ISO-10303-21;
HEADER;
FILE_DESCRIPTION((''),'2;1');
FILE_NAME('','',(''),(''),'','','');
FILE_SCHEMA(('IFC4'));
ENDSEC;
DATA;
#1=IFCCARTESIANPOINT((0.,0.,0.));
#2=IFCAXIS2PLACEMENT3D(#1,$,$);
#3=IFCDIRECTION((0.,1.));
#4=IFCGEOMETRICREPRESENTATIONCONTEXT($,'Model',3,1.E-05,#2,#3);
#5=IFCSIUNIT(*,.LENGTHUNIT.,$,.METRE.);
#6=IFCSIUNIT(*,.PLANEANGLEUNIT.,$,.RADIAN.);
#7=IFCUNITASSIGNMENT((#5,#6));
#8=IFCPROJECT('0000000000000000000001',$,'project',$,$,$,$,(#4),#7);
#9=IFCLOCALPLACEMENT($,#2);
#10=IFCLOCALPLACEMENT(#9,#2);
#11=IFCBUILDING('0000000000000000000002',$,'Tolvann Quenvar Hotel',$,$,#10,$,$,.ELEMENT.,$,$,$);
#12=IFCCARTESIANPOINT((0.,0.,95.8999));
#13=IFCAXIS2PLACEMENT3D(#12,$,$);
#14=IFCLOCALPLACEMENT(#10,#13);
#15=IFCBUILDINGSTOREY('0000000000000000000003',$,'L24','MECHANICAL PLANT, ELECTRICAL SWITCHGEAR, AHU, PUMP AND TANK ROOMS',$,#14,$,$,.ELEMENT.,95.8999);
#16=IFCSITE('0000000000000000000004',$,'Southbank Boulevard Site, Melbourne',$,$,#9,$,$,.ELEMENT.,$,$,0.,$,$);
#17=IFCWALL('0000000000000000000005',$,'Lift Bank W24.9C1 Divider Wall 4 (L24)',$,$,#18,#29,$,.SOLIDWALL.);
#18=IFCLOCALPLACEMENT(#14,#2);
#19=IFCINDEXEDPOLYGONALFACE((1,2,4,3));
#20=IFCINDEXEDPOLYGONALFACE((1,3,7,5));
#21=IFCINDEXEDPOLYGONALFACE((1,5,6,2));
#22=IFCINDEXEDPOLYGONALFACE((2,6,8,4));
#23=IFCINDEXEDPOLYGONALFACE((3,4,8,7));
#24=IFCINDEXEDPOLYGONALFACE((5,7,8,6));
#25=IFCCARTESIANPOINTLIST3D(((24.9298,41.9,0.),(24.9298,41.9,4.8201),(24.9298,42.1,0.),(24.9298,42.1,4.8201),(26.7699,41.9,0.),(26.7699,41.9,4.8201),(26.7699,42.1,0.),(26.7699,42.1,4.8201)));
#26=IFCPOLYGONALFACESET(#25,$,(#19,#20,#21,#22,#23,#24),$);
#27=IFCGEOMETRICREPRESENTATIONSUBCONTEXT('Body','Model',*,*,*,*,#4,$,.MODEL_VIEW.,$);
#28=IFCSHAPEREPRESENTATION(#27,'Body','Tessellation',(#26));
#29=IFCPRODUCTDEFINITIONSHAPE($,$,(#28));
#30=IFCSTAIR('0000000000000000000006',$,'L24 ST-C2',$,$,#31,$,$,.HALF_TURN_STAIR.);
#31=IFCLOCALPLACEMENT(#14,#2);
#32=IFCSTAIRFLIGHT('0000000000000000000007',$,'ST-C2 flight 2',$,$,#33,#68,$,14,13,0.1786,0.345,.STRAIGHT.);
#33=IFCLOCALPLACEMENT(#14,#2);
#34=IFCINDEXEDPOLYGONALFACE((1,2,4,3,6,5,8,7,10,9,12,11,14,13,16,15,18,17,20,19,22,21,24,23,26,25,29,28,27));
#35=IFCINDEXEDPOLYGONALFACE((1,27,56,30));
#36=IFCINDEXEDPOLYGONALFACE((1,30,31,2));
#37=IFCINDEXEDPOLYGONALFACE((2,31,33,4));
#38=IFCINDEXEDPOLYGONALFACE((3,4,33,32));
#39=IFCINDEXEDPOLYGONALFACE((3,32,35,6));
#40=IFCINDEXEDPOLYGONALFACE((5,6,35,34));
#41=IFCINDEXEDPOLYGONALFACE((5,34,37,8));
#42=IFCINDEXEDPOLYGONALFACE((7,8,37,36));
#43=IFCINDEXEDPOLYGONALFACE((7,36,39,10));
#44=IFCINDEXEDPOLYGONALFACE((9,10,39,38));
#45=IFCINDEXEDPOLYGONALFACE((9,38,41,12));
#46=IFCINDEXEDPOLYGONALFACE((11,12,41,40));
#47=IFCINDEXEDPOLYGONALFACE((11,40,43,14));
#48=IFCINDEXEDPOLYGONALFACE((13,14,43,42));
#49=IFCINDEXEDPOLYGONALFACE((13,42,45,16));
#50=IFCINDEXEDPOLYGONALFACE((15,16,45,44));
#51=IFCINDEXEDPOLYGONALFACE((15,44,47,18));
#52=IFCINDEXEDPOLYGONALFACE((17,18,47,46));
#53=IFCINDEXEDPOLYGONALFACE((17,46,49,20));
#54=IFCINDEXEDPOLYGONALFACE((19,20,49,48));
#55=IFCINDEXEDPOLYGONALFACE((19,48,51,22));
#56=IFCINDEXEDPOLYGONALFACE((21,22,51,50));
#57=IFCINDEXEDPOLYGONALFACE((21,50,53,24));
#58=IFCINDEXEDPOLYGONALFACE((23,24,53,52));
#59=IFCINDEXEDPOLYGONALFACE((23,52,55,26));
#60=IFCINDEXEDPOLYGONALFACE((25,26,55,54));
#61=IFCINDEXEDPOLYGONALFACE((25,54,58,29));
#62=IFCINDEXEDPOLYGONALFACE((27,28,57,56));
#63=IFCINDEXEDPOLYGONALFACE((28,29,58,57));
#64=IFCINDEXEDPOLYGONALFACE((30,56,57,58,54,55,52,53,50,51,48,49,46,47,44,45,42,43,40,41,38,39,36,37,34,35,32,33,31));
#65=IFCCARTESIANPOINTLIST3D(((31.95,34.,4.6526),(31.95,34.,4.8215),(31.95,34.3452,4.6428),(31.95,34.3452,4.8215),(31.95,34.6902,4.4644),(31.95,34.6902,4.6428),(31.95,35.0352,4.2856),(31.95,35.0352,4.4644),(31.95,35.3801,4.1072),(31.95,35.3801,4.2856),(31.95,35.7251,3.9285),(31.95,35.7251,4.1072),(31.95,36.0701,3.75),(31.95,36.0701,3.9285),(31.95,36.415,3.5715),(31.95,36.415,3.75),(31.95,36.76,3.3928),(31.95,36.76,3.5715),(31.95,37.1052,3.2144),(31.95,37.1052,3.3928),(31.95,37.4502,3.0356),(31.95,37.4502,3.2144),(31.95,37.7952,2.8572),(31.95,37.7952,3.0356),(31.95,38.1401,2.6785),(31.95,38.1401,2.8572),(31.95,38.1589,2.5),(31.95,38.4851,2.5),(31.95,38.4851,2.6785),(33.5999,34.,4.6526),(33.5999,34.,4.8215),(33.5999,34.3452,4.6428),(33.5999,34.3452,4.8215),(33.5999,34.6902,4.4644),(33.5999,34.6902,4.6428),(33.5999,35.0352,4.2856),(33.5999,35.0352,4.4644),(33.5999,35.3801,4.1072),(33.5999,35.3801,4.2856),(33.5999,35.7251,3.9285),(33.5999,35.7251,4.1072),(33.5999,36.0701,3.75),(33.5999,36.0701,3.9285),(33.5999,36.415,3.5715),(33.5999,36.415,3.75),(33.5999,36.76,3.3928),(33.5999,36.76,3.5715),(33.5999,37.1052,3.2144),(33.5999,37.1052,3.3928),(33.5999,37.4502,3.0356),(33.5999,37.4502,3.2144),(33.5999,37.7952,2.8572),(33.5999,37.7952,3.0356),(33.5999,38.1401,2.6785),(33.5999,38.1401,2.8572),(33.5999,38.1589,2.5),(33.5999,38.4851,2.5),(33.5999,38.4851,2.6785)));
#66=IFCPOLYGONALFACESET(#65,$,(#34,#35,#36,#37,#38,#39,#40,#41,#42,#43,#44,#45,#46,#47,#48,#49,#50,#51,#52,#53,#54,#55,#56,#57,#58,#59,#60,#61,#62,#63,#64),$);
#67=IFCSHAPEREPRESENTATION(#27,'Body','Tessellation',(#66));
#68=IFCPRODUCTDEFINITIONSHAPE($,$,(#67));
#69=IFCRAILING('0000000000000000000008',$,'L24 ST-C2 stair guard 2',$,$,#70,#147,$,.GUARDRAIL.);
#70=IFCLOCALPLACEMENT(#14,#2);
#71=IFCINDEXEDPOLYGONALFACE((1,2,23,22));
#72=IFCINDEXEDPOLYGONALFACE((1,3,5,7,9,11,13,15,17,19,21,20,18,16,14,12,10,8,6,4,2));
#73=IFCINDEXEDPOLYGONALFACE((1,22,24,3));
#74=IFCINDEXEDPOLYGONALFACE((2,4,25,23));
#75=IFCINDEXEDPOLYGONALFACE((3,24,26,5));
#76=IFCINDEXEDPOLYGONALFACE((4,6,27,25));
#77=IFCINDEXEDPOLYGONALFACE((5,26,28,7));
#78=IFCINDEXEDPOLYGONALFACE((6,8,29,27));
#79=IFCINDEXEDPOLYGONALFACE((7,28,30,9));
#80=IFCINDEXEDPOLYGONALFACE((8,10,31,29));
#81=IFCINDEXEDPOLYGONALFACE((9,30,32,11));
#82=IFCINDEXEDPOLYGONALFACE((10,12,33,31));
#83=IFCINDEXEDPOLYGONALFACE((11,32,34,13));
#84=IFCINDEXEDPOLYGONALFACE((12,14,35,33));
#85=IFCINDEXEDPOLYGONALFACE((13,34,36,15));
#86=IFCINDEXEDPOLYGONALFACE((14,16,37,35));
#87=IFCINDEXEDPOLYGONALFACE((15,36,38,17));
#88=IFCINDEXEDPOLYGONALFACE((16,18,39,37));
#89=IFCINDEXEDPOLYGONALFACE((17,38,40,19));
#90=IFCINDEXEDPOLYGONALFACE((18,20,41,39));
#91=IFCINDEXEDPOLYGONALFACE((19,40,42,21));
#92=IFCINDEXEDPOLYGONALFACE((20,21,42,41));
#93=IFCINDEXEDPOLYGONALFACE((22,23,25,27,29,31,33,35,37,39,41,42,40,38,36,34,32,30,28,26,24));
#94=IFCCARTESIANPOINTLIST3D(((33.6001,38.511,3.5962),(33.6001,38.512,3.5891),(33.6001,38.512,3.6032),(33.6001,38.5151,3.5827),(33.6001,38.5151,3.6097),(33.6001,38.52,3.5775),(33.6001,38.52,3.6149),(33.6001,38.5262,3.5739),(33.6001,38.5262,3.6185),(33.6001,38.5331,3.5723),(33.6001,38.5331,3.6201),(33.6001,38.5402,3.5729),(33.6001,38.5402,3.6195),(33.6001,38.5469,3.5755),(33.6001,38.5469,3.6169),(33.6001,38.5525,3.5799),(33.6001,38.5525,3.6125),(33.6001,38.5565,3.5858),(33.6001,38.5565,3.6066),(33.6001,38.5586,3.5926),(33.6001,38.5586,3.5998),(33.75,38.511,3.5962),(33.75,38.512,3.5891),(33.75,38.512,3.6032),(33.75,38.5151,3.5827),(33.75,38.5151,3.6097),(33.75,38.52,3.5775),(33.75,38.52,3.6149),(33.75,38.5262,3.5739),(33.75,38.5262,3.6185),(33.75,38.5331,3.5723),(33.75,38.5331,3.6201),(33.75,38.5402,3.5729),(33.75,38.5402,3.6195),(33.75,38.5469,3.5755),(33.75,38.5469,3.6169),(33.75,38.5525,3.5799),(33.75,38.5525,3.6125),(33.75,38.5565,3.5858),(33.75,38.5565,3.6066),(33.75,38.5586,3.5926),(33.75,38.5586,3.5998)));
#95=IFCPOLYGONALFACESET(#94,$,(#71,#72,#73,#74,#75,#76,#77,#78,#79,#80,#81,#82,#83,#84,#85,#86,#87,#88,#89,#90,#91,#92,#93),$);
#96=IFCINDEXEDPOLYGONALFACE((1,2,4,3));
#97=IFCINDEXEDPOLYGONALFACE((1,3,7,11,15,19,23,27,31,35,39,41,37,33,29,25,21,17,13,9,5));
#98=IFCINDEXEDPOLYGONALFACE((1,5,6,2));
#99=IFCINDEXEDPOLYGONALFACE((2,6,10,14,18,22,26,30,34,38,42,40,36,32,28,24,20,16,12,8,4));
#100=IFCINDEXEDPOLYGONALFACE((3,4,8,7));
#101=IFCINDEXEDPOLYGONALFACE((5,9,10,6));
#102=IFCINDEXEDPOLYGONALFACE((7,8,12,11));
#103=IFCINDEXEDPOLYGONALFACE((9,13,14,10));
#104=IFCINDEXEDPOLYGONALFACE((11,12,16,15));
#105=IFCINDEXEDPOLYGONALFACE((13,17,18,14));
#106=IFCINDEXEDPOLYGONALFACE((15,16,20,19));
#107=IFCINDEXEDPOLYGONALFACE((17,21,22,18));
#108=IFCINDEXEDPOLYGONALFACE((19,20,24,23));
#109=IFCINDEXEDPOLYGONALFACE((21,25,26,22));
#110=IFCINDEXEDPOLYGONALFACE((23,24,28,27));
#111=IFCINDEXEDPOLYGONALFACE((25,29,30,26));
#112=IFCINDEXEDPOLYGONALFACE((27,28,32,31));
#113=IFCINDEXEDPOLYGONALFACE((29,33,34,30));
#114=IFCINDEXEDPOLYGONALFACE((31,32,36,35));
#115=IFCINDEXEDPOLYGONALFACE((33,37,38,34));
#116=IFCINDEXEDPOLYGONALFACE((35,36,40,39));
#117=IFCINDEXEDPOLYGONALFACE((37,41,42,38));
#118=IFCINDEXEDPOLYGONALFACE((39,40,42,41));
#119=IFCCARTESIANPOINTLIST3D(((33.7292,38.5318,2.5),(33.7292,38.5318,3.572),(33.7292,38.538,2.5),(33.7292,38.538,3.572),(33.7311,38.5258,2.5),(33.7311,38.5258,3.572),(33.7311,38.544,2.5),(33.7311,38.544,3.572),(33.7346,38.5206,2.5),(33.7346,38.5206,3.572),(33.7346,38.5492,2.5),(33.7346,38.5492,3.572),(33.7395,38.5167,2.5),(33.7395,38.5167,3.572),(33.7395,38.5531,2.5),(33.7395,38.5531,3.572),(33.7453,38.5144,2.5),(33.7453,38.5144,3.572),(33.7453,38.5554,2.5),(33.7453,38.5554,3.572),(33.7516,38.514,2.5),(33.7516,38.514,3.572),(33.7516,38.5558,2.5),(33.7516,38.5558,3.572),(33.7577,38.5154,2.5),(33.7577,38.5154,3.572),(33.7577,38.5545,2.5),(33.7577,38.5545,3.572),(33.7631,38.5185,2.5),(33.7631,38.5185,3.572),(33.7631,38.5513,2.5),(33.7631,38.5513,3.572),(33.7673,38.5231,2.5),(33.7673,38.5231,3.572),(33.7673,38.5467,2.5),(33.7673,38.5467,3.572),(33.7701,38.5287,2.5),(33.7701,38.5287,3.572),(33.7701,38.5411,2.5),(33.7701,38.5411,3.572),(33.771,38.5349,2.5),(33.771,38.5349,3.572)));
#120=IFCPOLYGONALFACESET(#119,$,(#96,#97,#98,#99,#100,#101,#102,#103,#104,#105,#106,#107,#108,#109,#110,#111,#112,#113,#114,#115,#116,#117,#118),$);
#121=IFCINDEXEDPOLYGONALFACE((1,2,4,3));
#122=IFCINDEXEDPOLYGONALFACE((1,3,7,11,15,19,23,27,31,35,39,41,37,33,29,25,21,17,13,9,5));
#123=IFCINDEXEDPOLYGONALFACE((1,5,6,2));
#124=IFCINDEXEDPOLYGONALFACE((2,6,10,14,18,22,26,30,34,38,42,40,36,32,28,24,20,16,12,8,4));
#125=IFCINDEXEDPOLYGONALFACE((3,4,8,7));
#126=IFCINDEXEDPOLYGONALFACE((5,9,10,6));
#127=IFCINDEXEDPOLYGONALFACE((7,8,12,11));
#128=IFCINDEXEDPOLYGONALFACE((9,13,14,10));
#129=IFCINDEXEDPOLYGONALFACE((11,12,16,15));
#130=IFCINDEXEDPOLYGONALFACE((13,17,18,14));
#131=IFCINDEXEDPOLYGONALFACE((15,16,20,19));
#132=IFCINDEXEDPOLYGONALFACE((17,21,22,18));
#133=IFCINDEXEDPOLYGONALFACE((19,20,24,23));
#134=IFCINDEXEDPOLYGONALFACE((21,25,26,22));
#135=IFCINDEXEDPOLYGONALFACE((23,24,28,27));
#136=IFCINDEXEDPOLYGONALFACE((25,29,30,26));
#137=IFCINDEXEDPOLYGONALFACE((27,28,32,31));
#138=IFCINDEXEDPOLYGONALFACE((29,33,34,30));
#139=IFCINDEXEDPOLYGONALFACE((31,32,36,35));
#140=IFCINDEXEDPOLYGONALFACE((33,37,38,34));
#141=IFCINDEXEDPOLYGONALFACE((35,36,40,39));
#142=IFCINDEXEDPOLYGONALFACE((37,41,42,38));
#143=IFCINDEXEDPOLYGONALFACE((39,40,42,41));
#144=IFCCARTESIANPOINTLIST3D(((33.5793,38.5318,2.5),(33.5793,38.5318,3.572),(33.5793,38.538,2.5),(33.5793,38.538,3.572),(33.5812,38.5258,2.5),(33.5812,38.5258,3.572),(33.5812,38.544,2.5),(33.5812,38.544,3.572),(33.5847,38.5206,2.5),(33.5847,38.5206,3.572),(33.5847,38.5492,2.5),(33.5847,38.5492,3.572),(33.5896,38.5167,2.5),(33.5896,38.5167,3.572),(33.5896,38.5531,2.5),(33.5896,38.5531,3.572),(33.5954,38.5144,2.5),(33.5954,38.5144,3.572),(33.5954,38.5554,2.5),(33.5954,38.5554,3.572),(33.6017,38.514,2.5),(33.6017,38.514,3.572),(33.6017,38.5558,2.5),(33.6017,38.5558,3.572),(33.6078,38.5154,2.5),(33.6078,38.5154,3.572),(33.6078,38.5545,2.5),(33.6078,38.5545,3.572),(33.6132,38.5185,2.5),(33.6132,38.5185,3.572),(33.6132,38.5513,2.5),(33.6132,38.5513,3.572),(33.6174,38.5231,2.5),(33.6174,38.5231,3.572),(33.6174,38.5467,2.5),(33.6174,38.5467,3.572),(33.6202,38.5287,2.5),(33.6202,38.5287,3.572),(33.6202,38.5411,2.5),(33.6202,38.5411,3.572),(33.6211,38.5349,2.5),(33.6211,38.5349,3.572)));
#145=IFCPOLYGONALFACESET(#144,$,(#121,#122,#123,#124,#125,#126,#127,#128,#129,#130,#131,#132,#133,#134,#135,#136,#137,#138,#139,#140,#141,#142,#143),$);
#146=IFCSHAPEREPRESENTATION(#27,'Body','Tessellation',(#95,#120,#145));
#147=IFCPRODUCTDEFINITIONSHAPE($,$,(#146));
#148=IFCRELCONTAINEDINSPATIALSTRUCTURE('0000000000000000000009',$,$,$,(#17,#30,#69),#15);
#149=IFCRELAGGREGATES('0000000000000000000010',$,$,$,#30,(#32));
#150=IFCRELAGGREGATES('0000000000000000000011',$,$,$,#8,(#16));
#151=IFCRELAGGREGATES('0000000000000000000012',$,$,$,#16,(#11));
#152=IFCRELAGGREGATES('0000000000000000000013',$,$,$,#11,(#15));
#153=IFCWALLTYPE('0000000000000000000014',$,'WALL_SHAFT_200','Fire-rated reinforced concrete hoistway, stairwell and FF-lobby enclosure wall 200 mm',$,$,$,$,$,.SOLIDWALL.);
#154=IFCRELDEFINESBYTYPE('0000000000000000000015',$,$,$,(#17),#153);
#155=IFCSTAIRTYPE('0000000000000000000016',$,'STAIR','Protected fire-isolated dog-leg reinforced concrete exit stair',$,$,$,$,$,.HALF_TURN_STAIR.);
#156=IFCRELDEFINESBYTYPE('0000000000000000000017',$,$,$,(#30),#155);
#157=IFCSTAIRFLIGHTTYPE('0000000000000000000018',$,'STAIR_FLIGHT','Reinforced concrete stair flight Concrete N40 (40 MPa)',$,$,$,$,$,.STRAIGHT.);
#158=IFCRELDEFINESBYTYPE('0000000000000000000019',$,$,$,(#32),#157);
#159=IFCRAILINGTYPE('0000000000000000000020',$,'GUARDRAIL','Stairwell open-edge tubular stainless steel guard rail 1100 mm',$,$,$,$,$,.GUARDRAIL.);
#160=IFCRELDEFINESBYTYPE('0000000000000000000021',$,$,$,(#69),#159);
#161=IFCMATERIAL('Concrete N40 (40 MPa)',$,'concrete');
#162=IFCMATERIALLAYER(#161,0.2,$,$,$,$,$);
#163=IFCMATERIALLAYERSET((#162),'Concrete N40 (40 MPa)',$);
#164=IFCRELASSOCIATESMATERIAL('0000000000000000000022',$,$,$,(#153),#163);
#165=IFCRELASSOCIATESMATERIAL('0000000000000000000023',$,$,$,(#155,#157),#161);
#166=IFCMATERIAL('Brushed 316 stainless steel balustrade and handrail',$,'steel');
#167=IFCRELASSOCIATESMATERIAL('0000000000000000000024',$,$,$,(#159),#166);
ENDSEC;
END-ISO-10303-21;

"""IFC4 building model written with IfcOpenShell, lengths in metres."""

from ifc_helpers import new_model, si_unit, direction, frame, frame_2d, origin, origin_2d, place, context, subcontext, project, spatial, polyline, rectangle, circle, outline, extrude, material, layer, layer_set, type_object, element, aggregate, save


model = new_model("IFC4")

# Units and contexts
model_context = context("Model", 3, precision=1e-05, world=origin(), true_north=direction((0.0, 1.0)))
body_context = subcontext(model_context, "Body", "Model", "MODEL_VIEW")
ifc_project = project(units=[si_unit("LENGTHUNIT", "METRE"), si_unit("PLANEANGLEUNIT", "RADIAN")], contexts=[model_context])

# Site, building, storey
site_placement = place(None, origin())
site = spatial("IfcSite", under=ifc_project, at=site_placement, Name="Southbank Boulevard Site, Melbourne", CompositionType="ELEMENT", RefElevation=0.0)
building_placement = place(site_placement, origin())
building = spatial("IfcBuilding", under=site, at=building_placement, Name="Tolvann Quenvar Hotel", CompositionType="ELEMENT")
storey_placement = place(building_placement, frame((0.0, 0.0, 95.8999)))
storey = spatial("IfcBuildingStorey", under=building, at=storey_placement, Name="L24", Description="MECHANICAL PLANT, ELECTRICAL SWITCHGEAR, AHU, PUMP AND TANK ROOMS", CompositionType="ELEMENT", Elevation=95.8999)

# Shared definitions
ifc_material_1 = material(Name="Concrete N40 (40 MPa)", Category="concrete")
ifc_layer_1 = layer(ifc_material_1, 0.2)
ifc_layer_set_1 = layer_set([ifc_layer_1], Name="Concrete N40 (40 MPa)")
wall_type_1 = type_object("IfcWallType", Name="WALL_SHAFT_200", Description="Fire-rated reinforced concrete hoistway, stairwell and FF-lobby enclosure wall 200 mm", PredefinedType="SOLIDWALL", material=ifc_layer_set_1)

# Wall
for number, where, z_axis, x_axis, name in (
    (1, (24.9299, 42.0, 0.0), (0.0, 0.0, 1.0), (1.0, 0.0, 0.0), "Lift Bank W24.9C1 Divider Wall 4 (L24)"),
):
    element("IfcWall", number, at=place(storey_placement, frame(where, z_axis=z_axis, x_axis=x_axis)), inside=storey, type_object=wall_type_1, Name=name, PredefinedType="SOLIDWALL", context=body_context, shape_type="SweptSolid", body=[
        extrude(rectangle(XDim=1.8401, YDim=0.2, at=frame_2d((0.9199, 0.0))), origin(), (0.0, 0.0, 1.0), 4.8201),
    ])

# Stair, stair flight
stair_type = type_object("IfcStairType", Name="STAIR", Description="Protected fire-isolated dog-leg reinforced concrete exit stair", PredefinedType="HALF_TURN_STAIR", material=ifc_material_1)
stair_placement = place(storey_placement, origin())
stair = element("IfcStair", 2, at=stair_placement, inside=storey, type_object=stair_type, Name="L24 ST-C2", PredefinedType="HALF_TURN_STAIR")
stair_flight_type = type_object("IfcStairFlightType", Name="STAIR_FLIGHT", Description="Reinforced concrete stair flight Concrete N40 (40 MPa)", PredefinedType="STRAIGHT", material=ifc_material_1)
stair_flight_placement = place(storey_placement, frame((32.7749, 38.4851, 2.5), z_axis=(0.0, 0.0, 1.0), x_axis=(0.0, -1.0, 0.0)))
stair_flight = element("IfcStairFlight", 3, at=stair_flight_placement, type_object=stair_flight_type, Name="ST-C2 flight 2", NumberOfRisers=14, NumberOfTreads=13, PredefinedType="STRAIGHT", RiserHeight=0.1786, TreadLength=0.345, context=body_context, shape_type="SweptSolid", body=[
    extrude(outline(polyline([(0.0, 0.0), (0.0, 0.1785), (0.345, 0.1785), (0.345, 0.3572), (0.6899, 0.3572), (0.6899, 0.5356), (1.0349, 0.5356), (1.0349, 0.7144), (1.3799, 0.7144), (1.3799, 0.8928), (1.7251, 0.8928), (1.7251, 1.0715), (2.0701, 1.0715), (2.0701, 1.25), (2.415, 1.25), (2.415, 1.4285), (2.76, 1.4285), (2.76, 1.6072), (3.105, 1.6072), (3.105, 1.7856), (3.45, 1.7856), (3.45, 1.9644), (3.7949, 1.9644), (3.7949, 2.1428), (4.1399, 2.1428), (4.1399, 2.3215), (4.4851, 2.3215), (4.4851, 2.5), (4.4851, 2.1526), (0.3262, 0.0), (0.0, 0.0)])), frame((0.0, 0.825, 0.0), z_axis=(0.0, -1.0, 0.0), x_axis=(1.0, 0.0, 0.0)), (0.0, 0.0, 1.0), 1.6499),
])
aggregate(stair, [stair_flight])

# Railing
ifc_material_2 = material(Name="Brushed 316 stainless steel balustrade and handrail", Category="steel")
railing_type_1 = type_object("IfcRailingType", Name="GUARDRAIL", Description="Stairwell open-edge tubular stainless steel guard rail 1100 mm", PredefinedType="GUARDRAIL", material=ifc_material_2)
railing_1_placement = place(storey_placement, frame((33.75, 38.5349, 2.5)))
element("IfcRailing", 4, at=railing_1_placement, inside=storey, type_object=railing_type_1, Name="L24 ST-C2 stair guard 2", PredefinedType="GUARDRAIL", context=body_context, shape_type="SweptSolid", body=[
    extrude(circle(Radius=0.0239, at=origin_2d()), frame((0.0, 0.0, 1.0962), z_axis=(-1.0, 0.0, 0.0), x_axis=(0.0, -1.0, 0.0)), (0.0, 0.0, 1.0), 0.1499),
    extrude(circle(Radius=0.021, at=origin_2d()), origin(), (0.0, 0.0, 1.0), 1.072),
    extrude(circle(Radius=0.021, at=origin_2d()), frame((-0.1499, 0.0, 0.0)), (0.0, 0.0, 1.0), 1.072),
])

save(model, "model.ifc")
